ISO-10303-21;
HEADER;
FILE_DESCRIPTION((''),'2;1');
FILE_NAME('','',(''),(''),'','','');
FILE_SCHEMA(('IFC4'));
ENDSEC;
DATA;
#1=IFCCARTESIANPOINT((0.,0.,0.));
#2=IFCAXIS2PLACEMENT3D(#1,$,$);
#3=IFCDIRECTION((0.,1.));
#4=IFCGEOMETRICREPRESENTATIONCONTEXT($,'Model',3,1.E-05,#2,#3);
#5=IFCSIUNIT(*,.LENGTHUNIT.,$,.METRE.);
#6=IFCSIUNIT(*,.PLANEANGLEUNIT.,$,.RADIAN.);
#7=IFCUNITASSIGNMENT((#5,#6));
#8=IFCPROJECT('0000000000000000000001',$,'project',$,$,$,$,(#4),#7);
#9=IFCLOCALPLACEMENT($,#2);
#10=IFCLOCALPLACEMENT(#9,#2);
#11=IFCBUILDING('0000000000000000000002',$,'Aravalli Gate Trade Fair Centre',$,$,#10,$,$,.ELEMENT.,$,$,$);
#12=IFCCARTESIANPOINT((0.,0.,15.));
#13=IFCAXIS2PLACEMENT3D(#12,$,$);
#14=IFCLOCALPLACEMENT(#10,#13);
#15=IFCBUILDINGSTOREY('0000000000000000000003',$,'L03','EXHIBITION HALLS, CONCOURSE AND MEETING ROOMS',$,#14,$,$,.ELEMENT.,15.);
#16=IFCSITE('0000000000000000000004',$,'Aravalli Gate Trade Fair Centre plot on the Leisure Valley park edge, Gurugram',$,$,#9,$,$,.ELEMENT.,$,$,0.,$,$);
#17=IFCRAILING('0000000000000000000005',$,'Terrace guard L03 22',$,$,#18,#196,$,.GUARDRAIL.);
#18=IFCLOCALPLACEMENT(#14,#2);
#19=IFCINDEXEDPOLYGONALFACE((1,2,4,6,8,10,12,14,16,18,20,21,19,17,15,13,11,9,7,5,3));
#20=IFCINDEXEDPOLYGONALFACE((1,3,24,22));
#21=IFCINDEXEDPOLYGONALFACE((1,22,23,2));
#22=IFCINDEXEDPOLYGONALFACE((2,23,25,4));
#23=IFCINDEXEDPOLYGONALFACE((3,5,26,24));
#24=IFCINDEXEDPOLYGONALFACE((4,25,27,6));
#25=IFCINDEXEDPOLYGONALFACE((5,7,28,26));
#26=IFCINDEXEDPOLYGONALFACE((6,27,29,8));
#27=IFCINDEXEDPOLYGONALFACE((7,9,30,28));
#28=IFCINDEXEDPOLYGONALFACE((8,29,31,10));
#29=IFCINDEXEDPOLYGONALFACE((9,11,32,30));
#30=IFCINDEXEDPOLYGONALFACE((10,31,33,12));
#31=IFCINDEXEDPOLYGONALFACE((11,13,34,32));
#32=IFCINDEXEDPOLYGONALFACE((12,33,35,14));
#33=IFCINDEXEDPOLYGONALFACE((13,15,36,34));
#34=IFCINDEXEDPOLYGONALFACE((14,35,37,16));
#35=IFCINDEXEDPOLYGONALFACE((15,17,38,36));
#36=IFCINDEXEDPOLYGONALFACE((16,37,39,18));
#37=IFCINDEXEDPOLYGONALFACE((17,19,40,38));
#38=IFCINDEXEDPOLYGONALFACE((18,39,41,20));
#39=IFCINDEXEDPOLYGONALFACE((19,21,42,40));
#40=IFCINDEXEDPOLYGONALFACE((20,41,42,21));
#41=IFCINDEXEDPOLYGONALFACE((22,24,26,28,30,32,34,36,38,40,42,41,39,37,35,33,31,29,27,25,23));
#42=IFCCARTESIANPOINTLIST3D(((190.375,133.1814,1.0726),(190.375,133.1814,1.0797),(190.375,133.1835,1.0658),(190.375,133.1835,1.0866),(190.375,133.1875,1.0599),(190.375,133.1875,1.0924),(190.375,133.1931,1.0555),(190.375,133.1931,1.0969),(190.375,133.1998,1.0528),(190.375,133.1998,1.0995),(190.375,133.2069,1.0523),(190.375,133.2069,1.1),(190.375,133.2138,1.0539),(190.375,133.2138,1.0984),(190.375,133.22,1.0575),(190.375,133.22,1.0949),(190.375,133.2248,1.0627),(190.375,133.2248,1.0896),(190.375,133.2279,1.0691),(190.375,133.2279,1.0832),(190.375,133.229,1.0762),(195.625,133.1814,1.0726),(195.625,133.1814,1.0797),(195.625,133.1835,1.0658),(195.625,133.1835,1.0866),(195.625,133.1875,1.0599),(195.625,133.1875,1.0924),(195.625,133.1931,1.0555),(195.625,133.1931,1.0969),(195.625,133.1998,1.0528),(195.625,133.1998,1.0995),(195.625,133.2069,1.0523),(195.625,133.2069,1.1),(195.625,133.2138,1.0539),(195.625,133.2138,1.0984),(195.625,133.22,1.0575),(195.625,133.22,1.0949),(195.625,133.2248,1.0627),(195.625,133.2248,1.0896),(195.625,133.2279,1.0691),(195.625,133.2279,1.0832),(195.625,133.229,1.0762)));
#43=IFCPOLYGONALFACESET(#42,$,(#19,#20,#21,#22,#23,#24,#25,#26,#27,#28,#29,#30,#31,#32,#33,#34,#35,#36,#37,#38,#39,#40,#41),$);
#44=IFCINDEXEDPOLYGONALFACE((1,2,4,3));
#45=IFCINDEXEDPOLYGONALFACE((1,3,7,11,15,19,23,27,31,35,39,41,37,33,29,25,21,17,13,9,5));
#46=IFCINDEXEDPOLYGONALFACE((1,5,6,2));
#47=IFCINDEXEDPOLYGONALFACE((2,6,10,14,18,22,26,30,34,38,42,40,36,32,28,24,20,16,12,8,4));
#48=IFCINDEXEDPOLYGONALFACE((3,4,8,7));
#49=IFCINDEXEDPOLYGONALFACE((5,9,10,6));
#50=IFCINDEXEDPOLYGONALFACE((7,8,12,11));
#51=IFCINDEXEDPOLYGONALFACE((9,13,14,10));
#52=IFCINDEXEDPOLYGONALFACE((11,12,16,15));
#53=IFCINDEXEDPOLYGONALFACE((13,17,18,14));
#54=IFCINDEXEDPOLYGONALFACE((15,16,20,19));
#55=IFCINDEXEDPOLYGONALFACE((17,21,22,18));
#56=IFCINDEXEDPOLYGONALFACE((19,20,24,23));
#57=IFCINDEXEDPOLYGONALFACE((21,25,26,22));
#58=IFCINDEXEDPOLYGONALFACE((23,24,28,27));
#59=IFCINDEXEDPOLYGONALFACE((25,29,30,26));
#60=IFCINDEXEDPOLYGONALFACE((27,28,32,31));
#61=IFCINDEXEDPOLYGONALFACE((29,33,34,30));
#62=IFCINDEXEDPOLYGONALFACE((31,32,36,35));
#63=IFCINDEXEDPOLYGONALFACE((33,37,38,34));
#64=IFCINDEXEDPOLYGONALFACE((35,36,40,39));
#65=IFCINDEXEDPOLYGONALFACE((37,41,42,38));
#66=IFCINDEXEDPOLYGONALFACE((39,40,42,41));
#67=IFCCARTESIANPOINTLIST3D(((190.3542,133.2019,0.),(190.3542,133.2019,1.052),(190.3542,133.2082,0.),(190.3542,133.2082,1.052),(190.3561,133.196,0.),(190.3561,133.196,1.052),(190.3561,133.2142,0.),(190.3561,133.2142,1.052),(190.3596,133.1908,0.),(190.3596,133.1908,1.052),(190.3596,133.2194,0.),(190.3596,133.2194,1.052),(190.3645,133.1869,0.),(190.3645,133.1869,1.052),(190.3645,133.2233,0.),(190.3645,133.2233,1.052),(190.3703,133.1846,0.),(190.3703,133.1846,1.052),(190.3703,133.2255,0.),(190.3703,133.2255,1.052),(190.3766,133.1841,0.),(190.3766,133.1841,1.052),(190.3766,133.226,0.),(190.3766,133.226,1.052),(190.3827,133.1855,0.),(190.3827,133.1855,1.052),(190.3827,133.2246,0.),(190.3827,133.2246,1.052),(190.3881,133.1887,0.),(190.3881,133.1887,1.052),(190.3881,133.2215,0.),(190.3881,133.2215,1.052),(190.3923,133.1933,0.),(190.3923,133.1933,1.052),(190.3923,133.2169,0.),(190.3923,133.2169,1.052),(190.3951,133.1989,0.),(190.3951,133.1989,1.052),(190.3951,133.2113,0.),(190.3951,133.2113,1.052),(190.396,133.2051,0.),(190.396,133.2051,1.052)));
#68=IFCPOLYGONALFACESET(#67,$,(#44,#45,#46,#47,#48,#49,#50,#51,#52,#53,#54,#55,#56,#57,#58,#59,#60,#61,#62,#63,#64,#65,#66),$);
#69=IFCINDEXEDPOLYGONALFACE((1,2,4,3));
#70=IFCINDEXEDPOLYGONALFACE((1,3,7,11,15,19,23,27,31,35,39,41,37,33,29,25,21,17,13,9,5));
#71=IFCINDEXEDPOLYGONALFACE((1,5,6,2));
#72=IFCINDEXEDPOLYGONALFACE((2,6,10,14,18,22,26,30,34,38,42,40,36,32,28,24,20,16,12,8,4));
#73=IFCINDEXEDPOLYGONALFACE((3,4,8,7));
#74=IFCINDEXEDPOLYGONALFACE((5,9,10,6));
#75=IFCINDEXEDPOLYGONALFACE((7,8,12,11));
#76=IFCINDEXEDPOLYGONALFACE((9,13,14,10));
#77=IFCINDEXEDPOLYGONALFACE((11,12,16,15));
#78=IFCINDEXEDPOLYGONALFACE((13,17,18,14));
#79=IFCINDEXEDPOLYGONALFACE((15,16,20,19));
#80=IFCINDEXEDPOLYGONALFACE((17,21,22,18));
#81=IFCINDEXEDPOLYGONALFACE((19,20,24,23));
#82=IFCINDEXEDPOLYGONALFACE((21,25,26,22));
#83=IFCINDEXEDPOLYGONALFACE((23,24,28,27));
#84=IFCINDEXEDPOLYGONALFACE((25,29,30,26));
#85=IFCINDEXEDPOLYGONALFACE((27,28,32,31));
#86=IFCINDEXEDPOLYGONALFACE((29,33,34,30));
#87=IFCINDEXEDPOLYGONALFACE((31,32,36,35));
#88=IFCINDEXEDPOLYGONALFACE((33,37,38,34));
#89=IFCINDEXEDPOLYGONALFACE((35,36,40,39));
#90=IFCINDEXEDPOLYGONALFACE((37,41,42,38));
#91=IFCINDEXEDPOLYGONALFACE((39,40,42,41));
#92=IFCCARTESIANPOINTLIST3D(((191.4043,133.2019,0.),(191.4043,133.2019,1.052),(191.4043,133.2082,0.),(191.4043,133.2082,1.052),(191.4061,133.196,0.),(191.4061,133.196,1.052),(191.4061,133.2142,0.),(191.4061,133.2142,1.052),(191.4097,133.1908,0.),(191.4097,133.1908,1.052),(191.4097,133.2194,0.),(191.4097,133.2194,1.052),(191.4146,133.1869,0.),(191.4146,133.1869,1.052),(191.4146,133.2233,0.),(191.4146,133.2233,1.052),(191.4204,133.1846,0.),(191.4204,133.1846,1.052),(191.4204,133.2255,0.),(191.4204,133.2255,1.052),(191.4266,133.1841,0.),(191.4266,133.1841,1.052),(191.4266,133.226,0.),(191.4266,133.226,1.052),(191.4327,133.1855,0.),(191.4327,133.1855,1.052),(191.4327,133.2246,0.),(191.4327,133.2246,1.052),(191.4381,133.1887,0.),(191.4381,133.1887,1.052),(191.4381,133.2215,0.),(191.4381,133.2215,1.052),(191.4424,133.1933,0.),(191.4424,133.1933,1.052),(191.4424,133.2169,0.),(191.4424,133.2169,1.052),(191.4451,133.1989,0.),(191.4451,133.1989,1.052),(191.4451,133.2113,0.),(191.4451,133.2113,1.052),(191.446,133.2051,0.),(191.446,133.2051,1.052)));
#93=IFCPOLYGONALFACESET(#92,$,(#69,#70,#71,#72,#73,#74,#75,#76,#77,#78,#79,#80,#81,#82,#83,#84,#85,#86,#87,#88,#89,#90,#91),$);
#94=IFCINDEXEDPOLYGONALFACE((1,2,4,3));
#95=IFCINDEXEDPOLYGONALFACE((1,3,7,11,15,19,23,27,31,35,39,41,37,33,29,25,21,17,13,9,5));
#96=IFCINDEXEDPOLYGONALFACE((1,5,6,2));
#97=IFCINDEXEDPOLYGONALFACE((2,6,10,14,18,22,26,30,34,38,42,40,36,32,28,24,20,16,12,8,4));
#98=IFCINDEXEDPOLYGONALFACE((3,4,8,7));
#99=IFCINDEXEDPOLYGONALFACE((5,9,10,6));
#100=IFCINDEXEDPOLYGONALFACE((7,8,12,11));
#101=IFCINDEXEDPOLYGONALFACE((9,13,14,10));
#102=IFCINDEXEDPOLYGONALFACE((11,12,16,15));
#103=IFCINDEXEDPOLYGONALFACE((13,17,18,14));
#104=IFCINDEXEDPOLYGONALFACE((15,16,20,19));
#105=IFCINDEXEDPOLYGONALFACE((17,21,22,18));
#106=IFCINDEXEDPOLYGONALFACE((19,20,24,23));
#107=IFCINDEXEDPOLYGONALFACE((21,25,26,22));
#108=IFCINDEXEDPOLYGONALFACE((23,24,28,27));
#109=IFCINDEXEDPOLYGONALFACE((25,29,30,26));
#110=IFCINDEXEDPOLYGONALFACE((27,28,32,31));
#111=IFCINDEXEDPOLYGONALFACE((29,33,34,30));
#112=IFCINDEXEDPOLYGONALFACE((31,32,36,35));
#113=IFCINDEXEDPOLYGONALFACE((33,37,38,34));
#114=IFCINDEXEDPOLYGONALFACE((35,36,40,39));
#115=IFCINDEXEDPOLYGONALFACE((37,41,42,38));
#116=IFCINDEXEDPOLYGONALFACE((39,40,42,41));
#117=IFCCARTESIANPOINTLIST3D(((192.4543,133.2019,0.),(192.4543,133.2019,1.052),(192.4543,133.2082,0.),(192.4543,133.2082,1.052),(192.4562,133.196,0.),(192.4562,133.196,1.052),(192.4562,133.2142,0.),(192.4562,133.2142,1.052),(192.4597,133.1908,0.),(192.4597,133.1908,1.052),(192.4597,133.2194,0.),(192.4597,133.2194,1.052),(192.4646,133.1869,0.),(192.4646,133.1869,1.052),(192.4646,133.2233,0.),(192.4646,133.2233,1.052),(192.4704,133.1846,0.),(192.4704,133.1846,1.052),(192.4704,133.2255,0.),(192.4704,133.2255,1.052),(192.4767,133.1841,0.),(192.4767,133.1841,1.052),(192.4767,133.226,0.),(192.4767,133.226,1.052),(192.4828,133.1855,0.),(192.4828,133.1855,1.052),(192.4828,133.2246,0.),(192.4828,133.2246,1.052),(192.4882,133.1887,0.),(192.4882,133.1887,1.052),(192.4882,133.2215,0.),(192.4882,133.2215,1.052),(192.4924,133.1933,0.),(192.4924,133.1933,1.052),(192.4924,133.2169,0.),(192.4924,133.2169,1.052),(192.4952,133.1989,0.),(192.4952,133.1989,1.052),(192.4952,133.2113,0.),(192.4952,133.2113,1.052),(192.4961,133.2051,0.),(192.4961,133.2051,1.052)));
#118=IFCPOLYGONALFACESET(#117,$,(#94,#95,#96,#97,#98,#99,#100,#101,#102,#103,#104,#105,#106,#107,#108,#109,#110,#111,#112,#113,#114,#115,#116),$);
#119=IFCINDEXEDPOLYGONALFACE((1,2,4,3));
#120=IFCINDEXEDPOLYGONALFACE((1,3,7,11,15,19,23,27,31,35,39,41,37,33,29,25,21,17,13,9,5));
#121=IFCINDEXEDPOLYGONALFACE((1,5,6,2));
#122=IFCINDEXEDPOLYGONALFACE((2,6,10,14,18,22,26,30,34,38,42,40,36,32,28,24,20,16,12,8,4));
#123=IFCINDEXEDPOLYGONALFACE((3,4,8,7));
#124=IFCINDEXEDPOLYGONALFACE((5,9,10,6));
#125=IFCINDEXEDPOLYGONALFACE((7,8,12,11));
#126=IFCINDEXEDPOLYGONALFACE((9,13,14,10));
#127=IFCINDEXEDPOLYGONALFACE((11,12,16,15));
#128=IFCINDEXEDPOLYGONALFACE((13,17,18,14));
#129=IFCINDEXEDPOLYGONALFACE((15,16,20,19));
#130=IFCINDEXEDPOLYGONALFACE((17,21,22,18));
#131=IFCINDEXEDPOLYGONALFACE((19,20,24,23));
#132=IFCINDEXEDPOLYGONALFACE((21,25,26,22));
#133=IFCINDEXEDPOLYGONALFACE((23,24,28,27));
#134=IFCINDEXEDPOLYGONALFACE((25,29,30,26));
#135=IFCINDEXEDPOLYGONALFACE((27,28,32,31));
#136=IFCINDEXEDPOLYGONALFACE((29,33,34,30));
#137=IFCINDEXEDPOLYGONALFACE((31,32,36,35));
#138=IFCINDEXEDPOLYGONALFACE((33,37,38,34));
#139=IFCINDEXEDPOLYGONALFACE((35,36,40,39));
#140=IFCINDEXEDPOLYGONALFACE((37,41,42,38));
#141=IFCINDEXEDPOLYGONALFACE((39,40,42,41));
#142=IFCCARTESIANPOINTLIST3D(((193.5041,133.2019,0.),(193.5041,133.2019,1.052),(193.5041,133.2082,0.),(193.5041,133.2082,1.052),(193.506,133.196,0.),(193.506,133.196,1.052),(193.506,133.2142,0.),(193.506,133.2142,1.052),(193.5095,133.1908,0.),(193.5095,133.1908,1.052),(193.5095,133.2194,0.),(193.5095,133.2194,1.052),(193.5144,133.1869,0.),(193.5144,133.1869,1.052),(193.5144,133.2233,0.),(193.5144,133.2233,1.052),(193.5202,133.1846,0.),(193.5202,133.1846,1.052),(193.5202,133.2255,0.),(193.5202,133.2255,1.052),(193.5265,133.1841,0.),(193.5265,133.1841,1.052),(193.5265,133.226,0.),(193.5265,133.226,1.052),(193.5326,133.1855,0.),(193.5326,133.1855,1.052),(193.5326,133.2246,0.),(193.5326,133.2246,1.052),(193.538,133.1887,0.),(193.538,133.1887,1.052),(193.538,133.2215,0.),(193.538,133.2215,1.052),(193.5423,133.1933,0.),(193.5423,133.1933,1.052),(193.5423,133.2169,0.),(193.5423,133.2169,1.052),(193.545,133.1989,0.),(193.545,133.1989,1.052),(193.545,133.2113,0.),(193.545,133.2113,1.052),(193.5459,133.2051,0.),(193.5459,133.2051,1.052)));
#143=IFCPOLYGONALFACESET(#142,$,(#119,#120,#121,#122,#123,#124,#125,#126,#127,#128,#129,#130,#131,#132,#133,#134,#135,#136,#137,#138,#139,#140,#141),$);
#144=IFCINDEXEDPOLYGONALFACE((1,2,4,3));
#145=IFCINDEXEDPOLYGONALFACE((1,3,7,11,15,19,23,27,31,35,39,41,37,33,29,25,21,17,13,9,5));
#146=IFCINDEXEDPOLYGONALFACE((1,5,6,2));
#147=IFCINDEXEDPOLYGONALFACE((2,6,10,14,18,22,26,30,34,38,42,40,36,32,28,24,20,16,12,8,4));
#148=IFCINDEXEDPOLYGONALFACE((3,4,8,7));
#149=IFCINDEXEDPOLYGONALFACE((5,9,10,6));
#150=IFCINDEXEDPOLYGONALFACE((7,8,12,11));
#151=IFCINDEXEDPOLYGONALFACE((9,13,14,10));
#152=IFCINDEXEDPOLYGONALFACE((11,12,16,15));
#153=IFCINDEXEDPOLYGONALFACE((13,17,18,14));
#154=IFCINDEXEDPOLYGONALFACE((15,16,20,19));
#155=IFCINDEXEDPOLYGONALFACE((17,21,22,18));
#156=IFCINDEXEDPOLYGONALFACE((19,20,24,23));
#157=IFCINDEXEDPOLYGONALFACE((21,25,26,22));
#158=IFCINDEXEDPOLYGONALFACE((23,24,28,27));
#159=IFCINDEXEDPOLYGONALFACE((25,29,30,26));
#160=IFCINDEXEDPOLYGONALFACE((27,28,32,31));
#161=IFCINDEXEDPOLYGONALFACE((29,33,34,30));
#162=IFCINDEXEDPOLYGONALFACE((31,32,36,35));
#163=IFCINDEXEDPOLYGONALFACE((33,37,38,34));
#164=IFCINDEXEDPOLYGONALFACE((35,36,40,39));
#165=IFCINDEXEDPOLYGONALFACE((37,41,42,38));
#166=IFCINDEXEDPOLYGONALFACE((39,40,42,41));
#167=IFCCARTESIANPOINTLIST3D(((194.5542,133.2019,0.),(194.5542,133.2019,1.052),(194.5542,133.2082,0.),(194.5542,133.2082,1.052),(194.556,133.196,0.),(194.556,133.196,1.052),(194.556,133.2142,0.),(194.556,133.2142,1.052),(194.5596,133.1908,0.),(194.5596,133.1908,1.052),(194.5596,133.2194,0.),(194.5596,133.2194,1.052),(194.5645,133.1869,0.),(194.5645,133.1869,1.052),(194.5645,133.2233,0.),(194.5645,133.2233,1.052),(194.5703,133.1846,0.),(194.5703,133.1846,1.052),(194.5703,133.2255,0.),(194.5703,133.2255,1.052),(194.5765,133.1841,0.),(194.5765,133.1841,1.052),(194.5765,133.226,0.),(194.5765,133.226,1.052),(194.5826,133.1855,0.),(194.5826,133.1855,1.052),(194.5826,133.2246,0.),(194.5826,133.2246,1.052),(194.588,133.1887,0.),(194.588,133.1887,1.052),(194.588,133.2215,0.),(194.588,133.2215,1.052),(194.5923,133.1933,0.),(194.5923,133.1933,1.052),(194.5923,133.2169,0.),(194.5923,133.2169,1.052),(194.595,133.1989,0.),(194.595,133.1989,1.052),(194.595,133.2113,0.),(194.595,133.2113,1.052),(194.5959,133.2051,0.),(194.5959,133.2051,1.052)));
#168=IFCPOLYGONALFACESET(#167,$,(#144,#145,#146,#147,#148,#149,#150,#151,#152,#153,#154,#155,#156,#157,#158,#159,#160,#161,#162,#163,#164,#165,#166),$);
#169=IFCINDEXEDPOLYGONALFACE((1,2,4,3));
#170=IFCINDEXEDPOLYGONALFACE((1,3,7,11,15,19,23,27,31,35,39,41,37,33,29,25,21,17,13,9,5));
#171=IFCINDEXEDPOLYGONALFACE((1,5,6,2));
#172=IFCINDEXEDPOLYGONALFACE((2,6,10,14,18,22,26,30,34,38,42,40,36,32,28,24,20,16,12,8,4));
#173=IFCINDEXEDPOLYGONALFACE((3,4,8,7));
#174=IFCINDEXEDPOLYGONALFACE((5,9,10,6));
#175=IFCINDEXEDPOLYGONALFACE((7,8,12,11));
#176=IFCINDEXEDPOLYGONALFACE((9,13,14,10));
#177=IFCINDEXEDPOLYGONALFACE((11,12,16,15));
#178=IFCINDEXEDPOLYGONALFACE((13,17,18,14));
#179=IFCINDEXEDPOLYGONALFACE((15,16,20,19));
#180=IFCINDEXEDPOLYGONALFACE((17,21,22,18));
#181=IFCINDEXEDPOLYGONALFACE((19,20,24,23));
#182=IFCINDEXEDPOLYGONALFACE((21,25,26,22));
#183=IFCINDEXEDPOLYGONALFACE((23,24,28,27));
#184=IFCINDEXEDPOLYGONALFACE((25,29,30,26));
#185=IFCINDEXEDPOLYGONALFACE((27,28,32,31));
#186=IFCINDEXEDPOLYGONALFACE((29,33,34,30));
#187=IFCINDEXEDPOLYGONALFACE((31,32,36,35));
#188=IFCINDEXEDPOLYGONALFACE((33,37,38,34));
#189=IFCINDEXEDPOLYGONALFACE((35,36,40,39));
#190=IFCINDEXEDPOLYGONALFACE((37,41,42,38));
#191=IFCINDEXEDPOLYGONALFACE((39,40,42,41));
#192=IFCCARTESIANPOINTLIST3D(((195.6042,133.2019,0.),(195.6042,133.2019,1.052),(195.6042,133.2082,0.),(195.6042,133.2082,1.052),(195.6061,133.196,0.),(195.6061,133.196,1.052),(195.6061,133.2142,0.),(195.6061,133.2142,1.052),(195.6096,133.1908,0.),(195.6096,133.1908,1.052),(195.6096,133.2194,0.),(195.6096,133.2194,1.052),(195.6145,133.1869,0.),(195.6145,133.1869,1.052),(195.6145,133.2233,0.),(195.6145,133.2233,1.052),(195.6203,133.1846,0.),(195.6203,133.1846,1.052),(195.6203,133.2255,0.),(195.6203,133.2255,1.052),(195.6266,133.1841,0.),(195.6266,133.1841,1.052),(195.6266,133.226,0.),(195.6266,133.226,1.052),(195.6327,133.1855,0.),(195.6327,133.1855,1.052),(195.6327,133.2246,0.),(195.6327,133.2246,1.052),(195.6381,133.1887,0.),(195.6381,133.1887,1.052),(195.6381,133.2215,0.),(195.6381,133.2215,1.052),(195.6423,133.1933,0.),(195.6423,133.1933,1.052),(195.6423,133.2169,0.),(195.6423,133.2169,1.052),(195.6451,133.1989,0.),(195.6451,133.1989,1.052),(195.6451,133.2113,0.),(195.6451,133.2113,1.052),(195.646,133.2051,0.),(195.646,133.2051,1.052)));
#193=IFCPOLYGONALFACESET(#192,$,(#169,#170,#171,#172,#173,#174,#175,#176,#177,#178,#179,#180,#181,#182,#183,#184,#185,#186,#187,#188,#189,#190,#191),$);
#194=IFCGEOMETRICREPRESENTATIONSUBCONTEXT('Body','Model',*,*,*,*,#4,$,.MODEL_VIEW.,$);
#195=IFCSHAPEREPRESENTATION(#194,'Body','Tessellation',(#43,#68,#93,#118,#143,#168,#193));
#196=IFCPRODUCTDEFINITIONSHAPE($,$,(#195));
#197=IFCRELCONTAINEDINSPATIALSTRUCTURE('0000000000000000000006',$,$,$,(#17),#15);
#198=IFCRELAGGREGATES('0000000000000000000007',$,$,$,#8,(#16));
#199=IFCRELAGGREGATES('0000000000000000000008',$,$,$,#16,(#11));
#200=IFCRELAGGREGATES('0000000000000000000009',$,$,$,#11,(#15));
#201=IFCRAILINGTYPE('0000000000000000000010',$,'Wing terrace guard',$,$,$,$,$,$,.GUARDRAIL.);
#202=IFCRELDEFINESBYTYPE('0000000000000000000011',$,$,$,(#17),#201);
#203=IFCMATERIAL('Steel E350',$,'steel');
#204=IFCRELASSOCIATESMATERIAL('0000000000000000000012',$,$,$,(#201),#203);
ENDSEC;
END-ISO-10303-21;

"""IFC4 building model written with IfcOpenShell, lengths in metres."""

from ifc_helpers import new_model, si_unit, direction, frame, origin, origin_2d, place, context, subcontext, project, spatial, circle, extrude, material, type_object, element, save


model = new_model("IFC4")

# Units and contexts
model_context = context("Model", 3, precision=1e-05, world=origin(), true_north=direction((0.0, 1.0)))
body_context = subcontext(model_context, "Body", "Model", "MODEL_VIEW")
ifc_project = project(units=[si_unit("LENGTHUNIT", "METRE"), si_unit("PLANEANGLEUNIT", "RADIAN")], contexts=[model_context])

# Site, building, storey
site_placement = place(None, origin())
site = spatial("IfcSite", under=ifc_project, at=site_placement, Name="Aravalli Gate Trade Fair Centre plot on the Leisure Valley park edge, Gurugram", CompositionType="ELEMENT", RefElevation=0.0)
building_placement = place(site_placement, origin())
building = spatial("IfcBuilding", under=site, at=building_placement, Name="Aravalli Gate Trade Fair Centre", CompositionType="ELEMENT")
storey_placement = place(building_placement, frame((0.0, 0.0, 15.0)))
storey = spatial("IfcBuildingStorey", under=building, at=storey_placement, Name="L03", Description="EXHIBITION HALLS, CONCOURSE AND MEETING ROOMS", CompositionType="ELEMENT", Elevation=15.0)

# Shared definitions
ifc_material_1 = material(Name="Steel E350", Category="steel")

# Railing
railing_type = type_object("IfcRailingType", Name="Wing terrace guard", PredefinedType="GUARDRAIL", material=ifc_material_1)
railing_1_placement = place(storey_placement, frame((190.375, 133.2051, 0.0)))
element("IfcRailing", 1, at=railing_1_placement, inside=storey, type_object=railing_type, Name="Terrace guard L03 22", PredefinedType="GUARDRAIL", context=body_context, shape_type="SweptSolid", body=[
    extrude(circle(Radius=0.0239, at=origin_2d()), frame((0.0, 0.0, 1.0762), z_axis=(1.0, 0.0, 0.0), x_axis=(0.0, 1.0, 0.0)), (0.0, 0.0, 1.0), 5.25),
    extrude(circle(Radius=0.021, at=origin_2d()), origin(), (0.0, 0.0, 1.0), 1.052),
    extrude(circle(Radius=0.021, at=origin_2d()), frame((1.05, 0.0, 0.0)), (0.0, 0.0, 1.0), 1.052),
    extrude(circle(Radius=0.021, at=origin_2d()), frame((2.1001, 0.0, 0.0)), (0.0, 0.0, 1.0), 1.052),
    extrude(circle(Radius=0.021, at=origin_2d()), frame((3.1499, 0.0, 0.0)), (0.0, 0.0, 1.0), 1.052),
    extrude(circle(Radius=0.021, at=origin_2d()), frame((4.2, 0.0, 0.0)), (0.0, 0.0, 1.0), 1.052),
    extrude(circle(Radius=0.021, at=origin_2d()), frame((5.25, 0.0, 0.0)), (0.0, 0.0, 1.0), 1.052),
])

save(model, "model.ifc")
